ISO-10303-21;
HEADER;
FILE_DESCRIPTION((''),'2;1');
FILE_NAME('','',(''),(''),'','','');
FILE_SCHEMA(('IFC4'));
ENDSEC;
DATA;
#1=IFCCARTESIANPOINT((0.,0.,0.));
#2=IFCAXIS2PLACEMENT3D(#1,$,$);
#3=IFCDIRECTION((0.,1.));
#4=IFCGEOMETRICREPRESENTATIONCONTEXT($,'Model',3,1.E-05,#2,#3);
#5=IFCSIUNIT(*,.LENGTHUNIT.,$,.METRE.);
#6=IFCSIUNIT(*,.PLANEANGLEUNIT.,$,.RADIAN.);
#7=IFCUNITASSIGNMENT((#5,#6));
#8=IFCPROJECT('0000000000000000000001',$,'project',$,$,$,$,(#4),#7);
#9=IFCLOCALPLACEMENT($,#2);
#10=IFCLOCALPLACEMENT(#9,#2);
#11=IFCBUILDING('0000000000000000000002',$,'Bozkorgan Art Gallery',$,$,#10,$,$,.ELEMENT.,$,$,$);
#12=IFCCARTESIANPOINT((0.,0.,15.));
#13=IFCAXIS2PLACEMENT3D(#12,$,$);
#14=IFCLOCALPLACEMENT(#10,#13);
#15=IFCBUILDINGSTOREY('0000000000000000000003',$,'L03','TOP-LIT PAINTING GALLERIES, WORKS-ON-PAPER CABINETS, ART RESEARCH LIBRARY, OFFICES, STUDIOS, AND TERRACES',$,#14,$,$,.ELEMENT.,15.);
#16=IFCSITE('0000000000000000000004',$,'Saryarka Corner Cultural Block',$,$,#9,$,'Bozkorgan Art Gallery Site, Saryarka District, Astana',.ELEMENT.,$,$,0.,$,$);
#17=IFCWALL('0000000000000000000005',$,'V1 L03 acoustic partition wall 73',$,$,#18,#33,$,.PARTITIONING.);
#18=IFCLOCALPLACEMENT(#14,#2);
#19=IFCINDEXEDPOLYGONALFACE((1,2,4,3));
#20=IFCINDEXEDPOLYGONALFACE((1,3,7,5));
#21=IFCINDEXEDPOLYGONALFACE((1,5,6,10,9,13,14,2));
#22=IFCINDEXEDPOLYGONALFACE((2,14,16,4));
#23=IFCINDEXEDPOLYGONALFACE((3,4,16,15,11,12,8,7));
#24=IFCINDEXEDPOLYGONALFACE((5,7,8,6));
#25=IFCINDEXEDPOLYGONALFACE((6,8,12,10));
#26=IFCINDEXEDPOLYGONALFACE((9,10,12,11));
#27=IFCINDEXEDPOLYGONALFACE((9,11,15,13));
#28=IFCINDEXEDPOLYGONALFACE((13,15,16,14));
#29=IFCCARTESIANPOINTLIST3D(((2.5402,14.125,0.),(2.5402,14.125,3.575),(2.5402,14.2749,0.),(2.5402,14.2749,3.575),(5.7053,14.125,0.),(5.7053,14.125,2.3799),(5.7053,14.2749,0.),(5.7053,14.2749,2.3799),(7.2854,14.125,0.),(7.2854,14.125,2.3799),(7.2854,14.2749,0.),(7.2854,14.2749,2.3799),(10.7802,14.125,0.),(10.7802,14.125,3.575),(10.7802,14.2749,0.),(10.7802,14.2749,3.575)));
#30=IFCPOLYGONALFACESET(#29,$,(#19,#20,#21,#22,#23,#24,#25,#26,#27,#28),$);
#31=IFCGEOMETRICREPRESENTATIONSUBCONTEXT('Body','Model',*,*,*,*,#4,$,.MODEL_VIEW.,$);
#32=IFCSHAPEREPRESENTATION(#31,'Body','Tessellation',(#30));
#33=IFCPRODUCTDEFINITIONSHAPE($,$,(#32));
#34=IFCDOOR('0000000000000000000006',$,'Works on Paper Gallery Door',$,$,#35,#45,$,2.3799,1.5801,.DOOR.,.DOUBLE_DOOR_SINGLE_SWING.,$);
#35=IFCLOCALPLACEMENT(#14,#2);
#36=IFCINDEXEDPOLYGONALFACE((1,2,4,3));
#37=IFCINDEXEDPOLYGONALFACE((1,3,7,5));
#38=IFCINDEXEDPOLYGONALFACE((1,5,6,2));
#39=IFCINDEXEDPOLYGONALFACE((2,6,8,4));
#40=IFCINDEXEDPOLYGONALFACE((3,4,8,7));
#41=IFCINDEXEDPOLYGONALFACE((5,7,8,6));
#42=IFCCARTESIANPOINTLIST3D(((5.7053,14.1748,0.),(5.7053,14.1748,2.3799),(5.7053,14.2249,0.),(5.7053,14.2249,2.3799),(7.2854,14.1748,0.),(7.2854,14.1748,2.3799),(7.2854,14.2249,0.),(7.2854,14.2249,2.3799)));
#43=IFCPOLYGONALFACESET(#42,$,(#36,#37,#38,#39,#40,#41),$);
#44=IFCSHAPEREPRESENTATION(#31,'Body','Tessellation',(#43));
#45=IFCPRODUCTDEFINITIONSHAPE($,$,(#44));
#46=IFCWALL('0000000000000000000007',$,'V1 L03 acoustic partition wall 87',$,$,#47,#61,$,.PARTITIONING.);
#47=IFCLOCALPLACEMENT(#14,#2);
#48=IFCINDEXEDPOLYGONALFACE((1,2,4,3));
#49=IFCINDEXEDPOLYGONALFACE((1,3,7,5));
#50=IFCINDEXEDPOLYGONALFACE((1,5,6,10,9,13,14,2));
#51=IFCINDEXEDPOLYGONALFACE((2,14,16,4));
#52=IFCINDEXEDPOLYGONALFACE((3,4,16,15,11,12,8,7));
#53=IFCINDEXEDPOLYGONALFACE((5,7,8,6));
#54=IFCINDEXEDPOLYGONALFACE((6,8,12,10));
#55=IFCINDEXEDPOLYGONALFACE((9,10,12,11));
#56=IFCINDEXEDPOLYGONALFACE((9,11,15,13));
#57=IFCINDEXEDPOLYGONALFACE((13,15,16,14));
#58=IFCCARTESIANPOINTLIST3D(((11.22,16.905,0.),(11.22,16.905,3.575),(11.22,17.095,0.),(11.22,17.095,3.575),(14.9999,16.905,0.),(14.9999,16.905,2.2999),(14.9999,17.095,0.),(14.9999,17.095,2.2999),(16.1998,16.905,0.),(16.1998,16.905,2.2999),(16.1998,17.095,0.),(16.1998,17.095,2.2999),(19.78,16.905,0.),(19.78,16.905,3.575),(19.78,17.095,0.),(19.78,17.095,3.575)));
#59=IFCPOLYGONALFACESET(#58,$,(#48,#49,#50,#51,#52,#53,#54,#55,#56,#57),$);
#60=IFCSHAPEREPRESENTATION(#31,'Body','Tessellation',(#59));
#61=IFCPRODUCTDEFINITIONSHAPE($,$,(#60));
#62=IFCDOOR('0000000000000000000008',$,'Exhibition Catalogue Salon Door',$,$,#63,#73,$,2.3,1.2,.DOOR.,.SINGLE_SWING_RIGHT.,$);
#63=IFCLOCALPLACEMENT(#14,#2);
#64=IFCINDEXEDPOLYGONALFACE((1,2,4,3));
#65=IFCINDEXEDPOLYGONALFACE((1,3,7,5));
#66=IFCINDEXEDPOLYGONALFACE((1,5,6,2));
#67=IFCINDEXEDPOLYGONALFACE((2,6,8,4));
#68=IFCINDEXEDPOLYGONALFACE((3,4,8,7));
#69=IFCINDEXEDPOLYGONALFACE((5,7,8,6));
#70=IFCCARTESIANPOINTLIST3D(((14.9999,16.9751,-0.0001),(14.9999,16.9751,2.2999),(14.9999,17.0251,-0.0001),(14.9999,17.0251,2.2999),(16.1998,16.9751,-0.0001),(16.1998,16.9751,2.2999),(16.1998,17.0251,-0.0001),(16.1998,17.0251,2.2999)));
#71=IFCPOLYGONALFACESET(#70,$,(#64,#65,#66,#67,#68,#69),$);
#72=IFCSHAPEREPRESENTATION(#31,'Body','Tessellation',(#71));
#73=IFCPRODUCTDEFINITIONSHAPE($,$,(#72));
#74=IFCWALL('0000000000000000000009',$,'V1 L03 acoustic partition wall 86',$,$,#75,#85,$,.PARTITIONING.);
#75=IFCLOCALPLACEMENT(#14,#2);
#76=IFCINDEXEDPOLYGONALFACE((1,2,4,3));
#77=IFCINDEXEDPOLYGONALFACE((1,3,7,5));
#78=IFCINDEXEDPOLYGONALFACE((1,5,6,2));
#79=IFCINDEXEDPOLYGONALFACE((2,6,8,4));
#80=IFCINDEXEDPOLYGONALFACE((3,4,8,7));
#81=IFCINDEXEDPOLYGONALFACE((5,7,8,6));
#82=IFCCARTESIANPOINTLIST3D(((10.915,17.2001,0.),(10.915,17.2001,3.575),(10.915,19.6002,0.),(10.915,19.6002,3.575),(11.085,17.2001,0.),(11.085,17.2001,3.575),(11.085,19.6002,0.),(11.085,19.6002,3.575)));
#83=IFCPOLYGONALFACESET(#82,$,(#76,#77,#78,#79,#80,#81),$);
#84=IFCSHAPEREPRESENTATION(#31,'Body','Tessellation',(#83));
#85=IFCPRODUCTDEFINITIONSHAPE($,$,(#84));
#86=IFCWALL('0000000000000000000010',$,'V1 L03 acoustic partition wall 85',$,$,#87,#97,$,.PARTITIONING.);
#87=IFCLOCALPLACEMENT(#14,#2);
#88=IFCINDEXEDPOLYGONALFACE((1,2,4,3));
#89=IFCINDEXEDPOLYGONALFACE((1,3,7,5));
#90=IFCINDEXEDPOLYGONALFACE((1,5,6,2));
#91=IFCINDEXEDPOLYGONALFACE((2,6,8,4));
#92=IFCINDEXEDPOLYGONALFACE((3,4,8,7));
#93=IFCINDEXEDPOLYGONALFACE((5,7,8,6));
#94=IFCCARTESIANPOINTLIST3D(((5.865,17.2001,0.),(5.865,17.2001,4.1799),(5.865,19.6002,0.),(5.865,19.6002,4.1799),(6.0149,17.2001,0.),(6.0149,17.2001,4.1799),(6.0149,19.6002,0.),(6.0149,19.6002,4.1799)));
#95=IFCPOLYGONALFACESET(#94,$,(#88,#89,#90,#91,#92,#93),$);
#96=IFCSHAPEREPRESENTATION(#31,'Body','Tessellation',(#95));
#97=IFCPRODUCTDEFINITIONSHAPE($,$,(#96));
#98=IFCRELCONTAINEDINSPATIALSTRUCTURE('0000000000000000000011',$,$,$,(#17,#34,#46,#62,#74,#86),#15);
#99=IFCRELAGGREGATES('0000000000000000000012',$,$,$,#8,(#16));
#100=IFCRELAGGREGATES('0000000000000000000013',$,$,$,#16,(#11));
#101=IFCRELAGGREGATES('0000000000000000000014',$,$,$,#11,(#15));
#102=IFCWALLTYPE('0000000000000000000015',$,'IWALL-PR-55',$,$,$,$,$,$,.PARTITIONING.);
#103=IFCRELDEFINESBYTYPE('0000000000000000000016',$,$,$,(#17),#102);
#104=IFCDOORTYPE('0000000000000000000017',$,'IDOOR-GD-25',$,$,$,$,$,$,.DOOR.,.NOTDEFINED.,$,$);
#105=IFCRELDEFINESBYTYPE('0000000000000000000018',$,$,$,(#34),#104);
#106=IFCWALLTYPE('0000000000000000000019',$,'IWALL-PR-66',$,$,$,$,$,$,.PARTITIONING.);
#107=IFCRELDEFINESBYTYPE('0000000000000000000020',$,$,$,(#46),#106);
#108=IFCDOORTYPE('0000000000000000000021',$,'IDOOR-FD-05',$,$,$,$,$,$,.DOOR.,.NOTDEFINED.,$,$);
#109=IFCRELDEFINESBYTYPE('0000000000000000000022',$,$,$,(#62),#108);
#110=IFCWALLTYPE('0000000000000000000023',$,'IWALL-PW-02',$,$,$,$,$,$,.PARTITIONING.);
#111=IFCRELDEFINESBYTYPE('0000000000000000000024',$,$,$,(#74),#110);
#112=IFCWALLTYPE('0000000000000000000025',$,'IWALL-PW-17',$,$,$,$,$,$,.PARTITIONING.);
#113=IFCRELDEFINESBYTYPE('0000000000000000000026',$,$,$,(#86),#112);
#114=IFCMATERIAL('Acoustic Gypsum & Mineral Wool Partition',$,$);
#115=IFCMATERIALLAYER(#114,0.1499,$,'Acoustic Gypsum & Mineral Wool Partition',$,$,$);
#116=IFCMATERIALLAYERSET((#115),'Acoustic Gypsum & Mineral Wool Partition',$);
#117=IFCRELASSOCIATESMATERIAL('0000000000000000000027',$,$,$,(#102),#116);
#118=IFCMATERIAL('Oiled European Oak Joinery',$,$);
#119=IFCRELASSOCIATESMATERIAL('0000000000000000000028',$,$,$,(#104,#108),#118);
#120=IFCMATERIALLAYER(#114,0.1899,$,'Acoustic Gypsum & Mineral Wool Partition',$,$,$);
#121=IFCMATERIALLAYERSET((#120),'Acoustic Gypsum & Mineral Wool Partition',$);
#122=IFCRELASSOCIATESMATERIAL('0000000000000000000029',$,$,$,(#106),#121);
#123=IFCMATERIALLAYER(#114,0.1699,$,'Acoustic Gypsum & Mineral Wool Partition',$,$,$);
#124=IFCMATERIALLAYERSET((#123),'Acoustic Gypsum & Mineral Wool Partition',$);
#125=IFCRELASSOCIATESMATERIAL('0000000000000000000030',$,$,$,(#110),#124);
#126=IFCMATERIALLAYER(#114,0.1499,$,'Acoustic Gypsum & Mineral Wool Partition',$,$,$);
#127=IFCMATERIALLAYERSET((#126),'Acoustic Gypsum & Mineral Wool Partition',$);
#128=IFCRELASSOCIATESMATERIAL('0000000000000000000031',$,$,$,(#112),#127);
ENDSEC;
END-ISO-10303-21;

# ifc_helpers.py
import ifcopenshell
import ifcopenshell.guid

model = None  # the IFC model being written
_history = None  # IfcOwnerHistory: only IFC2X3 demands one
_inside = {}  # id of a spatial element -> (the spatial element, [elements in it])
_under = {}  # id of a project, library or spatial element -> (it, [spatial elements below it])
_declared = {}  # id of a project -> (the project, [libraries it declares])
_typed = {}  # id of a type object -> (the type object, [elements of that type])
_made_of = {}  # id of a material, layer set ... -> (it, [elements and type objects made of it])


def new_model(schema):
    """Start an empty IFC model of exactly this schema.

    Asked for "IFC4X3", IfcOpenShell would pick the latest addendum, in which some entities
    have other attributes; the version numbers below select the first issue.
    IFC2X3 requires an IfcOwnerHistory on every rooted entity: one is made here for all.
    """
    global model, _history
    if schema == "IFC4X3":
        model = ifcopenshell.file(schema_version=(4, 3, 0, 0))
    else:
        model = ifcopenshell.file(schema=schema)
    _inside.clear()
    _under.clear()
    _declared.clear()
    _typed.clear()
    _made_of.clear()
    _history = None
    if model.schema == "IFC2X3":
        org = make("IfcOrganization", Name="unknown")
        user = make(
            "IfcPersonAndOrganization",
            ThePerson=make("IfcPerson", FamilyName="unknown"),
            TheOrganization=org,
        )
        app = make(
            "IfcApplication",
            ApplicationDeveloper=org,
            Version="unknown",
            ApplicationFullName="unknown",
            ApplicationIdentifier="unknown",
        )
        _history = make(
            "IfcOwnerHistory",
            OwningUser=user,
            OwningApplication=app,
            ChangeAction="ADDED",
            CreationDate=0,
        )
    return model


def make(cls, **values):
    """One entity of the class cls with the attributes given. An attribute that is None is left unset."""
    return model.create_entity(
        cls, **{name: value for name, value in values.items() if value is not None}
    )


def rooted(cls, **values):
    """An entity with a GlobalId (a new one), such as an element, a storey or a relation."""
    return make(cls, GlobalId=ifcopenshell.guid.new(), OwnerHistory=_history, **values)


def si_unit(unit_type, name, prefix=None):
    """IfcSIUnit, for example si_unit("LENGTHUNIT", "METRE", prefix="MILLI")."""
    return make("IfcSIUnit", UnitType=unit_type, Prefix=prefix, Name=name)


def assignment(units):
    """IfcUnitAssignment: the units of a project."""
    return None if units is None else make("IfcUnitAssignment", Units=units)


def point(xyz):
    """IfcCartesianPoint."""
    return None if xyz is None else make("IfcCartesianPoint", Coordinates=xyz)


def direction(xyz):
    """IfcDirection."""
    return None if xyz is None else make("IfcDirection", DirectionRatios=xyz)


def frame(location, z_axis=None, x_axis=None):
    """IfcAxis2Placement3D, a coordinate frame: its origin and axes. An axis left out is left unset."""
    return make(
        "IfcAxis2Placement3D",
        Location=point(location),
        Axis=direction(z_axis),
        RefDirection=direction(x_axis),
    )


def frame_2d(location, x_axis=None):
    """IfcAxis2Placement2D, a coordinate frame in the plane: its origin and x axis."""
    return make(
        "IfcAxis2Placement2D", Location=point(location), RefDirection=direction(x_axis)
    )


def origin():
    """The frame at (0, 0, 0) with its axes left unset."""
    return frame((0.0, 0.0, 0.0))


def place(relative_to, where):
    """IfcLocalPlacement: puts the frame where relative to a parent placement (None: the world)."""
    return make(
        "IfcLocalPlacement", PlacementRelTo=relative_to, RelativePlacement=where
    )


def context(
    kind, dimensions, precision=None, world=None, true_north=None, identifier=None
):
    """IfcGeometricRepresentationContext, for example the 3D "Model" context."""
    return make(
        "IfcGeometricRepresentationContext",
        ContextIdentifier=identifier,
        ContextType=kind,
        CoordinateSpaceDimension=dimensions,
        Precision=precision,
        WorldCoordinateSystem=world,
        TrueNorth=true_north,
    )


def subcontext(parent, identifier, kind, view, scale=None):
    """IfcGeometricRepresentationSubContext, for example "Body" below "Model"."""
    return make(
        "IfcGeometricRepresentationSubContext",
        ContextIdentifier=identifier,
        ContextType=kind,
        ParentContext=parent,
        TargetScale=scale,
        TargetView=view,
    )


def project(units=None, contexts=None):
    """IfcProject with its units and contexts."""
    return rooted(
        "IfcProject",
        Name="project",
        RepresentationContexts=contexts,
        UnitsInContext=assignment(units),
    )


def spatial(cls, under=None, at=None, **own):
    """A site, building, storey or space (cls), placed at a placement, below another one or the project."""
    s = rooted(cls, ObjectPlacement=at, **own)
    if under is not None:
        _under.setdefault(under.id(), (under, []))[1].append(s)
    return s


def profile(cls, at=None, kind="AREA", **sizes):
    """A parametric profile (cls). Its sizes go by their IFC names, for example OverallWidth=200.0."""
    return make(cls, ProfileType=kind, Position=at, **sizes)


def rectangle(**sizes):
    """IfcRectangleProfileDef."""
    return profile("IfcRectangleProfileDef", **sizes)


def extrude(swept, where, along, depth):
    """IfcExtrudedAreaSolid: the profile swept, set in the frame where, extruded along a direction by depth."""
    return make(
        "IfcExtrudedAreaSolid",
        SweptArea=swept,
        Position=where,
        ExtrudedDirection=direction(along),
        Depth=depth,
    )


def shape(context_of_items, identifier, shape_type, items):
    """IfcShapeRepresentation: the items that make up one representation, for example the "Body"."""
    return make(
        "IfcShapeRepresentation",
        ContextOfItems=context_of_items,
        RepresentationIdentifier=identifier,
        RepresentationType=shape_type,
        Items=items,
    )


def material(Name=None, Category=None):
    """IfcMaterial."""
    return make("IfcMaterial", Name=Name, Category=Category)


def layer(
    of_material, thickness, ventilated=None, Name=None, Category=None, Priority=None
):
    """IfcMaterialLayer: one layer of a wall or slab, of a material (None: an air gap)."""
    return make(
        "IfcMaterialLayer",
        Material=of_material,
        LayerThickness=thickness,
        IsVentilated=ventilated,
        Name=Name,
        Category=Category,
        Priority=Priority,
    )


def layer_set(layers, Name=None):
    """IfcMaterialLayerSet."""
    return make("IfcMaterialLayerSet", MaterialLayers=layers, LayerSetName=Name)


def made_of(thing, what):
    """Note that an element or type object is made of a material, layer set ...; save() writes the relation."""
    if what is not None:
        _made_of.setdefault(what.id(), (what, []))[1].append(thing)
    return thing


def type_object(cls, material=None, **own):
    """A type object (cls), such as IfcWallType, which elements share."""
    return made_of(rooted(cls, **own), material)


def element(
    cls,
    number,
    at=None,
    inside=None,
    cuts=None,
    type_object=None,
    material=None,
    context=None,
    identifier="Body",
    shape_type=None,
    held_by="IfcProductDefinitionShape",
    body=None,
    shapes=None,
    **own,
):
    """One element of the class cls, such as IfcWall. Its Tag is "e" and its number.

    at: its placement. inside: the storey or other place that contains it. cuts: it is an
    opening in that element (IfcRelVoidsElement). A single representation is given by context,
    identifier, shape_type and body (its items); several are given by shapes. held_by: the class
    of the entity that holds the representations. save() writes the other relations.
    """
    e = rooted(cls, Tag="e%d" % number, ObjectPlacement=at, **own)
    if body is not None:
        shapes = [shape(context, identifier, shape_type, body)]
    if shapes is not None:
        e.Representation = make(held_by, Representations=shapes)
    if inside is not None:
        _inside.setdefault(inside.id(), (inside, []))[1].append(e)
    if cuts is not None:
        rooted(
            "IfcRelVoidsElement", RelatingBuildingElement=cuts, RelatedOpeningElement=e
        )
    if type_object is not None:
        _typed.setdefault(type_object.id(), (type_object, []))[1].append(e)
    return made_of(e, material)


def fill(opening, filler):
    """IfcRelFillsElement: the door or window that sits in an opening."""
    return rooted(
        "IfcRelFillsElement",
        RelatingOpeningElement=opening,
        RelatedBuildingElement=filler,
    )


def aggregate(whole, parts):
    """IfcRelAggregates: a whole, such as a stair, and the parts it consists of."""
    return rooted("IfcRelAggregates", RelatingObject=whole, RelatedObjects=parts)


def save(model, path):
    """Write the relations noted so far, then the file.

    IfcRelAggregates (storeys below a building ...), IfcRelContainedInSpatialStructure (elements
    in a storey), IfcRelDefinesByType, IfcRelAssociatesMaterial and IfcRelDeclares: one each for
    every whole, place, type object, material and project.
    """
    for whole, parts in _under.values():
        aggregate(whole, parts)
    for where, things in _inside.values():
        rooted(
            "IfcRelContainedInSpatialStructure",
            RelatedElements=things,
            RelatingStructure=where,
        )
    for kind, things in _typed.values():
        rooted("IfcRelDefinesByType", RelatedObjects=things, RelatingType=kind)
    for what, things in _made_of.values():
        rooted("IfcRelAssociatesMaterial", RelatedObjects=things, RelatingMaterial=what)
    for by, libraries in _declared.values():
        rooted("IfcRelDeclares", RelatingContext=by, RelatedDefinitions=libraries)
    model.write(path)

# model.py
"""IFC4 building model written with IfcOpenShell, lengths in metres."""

from ifc_helpers import new_model, si_unit, direction, frame, frame_2d, origin, place, context, subcontext, project, spatial, rectangle, extrude, material, layer, layer_set, type_object, element, fill, save


model = new_model("IFC4")

# Units and contexts
model_context = context("Model", 3, precision=1e-05, world=origin(), true_north=direction((0.0, 1.0)))
body_context = subcontext(model_context, "Body", "Model", "MODEL_VIEW")
ifc_project = project(units=[si_unit("LENGTHUNIT", "METRE"), si_unit("PLANEANGLEUNIT", "RADIAN")], contexts=[model_context])

# Site, building, storey
site_placement = place(None, origin())
site = spatial("IfcSite", under=ifc_project, at=site_placement, Name="Saryarka Corner Cultural Block", LongName="Bozkorgan Art Gallery Site, Saryarka District, Astana", CompositionType="ELEMENT", RefElevation=0.0)
building_placement = place(site_placement, origin())
building = spatial("IfcBuilding", under=site, at=building_placement, Name="Bozkorgan Art Gallery", CompositionType="ELEMENT")
storey_placement = place(building_placement, frame((0.0, 0.0, 15.0)))
storey = spatial("IfcBuildingStorey", under=building, at=storey_placement, Name="L03", Description="TOP-LIT PAINTING GALLERIES, WORKS-ON-PAPER CABINETS, ART RESEARCH LIBRARY, OFFICES, STUDIOS, AND TERRACES", CompositionType="ELEMENT", Elevation=15.0)

# Walls, openings, doors
ifc_material_1 = material(Name="Acoustic Gypsum & Mineral Wool Partition")
ifc_material_2 = material(Name="Oiled European Oak Joinery")
ifc_layer_1 = layer(ifc_material_1, 0.1499, Name="Acoustic Gypsum & Mineral Wool Partition")
ifc_layer_set_1 = layer_set([ifc_layer_1], Name="Acoustic Gypsum & Mineral Wool Partition")
wall_type_1 = type_object("IfcWallType", Name="IWALL-PR-55", PredefinedType="PARTITIONING", material=ifc_layer_set_1)
wall_1_placement = place(storey_placement, frame((2.54, 14.2, 0.0), z_axis=(0.0, 0.0, 1.0), x_axis=(1.0, 0.0, 0.0)))
wall_1 = element("IfcWall", 1, at=wall_1_placement, inside=storey, type_object=wall_type_1, Name="V1 L03 acoustic partition wall 73", PredefinedType="PARTITIONING", context=body_context, shape_type="SweptSolid", body=[
    extrude(rectangle(XDim=8.24, YDim=0.1499, at=frame_2d((4.1201, 0.0))), origin(), (0.0, 0.0, 1.0), 3.575),
])
opening_1_placement = place(wall_1_placement, frame((3.1653, 0.0, 0.0)))
opening_1 = element("IfcOpeningElement", 2, at=opening_1_placement, cuts=wall_1, PredefinedType="OPENING", context=body_context, shape_type="SweptSolid", body=[
    extrude(rectangle(XDim=1.5801, YDim=2.3799, at=frame_2d((0.79, 1.1899))), frame((0.0, 0.085, 0.0), z_axis=(0.0, -1.0, 0.0), x_axis=(1.0, 0.0, 0.0)), (0.0, 0.0, 1.0), 0.1699),
])
door_type_1 = type_object("IfcDoorType", Name="IDOOR-GD-25", OperationType="NOTDEFINED", PredefinedType="DOOR", material=ifc_material_2)
door_1_placement = place(opening_1_placement, origin())
door_1 = element("IfcDoor", 3, at=door_1_placement, inside=storey, type_object=door_type_1, Name="Works on Paper Gallery Door", OperationType="DOUBLE_DOOR_SINGLE_SWING", OverallHeight=2.3799, OverallWidth=1.5801, PredefinedType="DOOR", context=body_context, shape_type="SweptSolid", body=[
    extrude(rectangle(XDim=1.5801, YDim=2.3799, at=frame_2d((0.79, 1.1899))), frame((0.0, 0.0249, 0.0), z_axis=(0.0, -1.0, 0.0), x_axis=(1.0, 0.0, 0.0)), (0.0, 0.0, 1.0), 0.05),
])
fill(opening_1, door_1)
ifc_layer_2 = layer(ifc_material_1, 0.1899, Name="Acoustic Gypsum & Mineral Wool Partition")
ifc_layer_set_2 = layer_set([ifc_layer_2], Name="Acoustic Gypsum & Mineral Wool Partition")
wall_type_2 = type_object("IfcWallType", Name="IWALL-PR-66", PredefinedType="PARTITIONING", material=ifc_layer_set_2)
wall_2_placement = place(storey_placement, frame((11.22, 17.0, 0.0), z_axis=(0.0, 0.0, 1.0), x_axis=(1.0, 0.0, 0.0)))
wall_2 = element("IfcWall", 4, at=wall_2_placement, inside=storey, type_object=wall_type_2, Name="V1 L03 acoustic partition wall 87", PredefinedType="PARTITIONING", context=body_context, shape_type="SweptSolid", body=[
    extrude(rectangle(XDim=8.5601, YDim=0.1899, at=frame_2d((4.28, 0.0))), origin(), (0.0, 0.0, 1.0), 3.575),
])
opening_2_placement = place(wall_2_placement, frame((4.98, 0.0, 0.0), z_axis=(0.0, 0.0, 1.0), x_axis=(-1.0, 0.0, 0.0)))
opening_2 = element("IfcOpeningElement", 5, at=opening_2_placement, cuts=wall_2, PredefinedType="OPENING", context=body_context, shape_type="SweptSolid", body=[
    extrude(rectangle(XDim=1.2, YDim=2.3, at=frame_2d((0.6001, 1.1499))), frame((0.0, 0.105, 0.0), z_axis=(0.0, -1.0, 0.0), x_axis=(1.0, 0.0, 0.0)), (0.0, 0.0, 1.0), 0.21),
])
door_type_2 = type_object("IfcDoorType", Name="IDOOR-FD-05", OperationType="NOTDEFINED", PredefinedType="DOOR", material=ifc_material_2)
door_2_placement = place(opening_2_placement, origin())
door_2 = element("IfcDoor", 6, at=door_2_placement, inside=storey, type_object=door_type_2, Name="Exhibition Catalogue Salon Door", OperationType="SINGLE_SWING_RIGHT", OverallHeight=2.3, OverallWidth=1.2, PredefinedType="DOOR", context=body_context, shape_type="SweptSolid", body=[
    extrude(rectangle(XDim=1.2, YDim=2.3, at=frame_2d((0.6001, 1.1499))), frame((0.0, 0.0249, 0.0), z_axis=(0.0, -1.0, 0.0), x_axis=(1.0, 0.0, 0.0)), (0.0, 0.0, 1.0), 0.05),
])
fill(opening_2, door_2)

# Walls
ifc_layer_3 = layer(ifc_material_1, 0.1699, Name="Acoustic Gypsum & Mineral Wool Partition")
ifc_layer_set_3 = layer_set([ifc_layer_3], Name="Acoustic Gypsum & Mineral Wool Partition")
wall_type_3 = type_object("IfcWallType", Name="IWALL-PW-02", PredefinedType="PARTITIONING", material=ifc_layer_set_3)
wall_3_placement = place(storey_placement, frame((11.0, 17.2, 0.0), z_axis=(0.0, 0.0, 1.0), x_axis=(0.0, 1.0, 0.0)))
element("IfcWall", 7, at=wall_3_placement, inside=storey, type_object=wall_type_3, Name="V1 L03 acoustic partition wall 86", PredefinedType="PARTITIONING", context=body_context, shape_type="SweptSolid", body=[
    extrude(rectangle(XDim=2.4001, YDim=0.1699, at=frame_2d((1.2002, 0.0))), origin(), (0.0, 0.0, 1.0), 3.575),
])
ifc_layer_4 = layer(ifc_material_1, 0.1499, Name="Acoustic Gypsum & Mineral Wool Partition")
ifc_layer_set_4 = layer_set([ifc_layer_4], Name="Acoustic Gypsum & Mineral Wool Partition")
wall_type_4 = type_object("IfcWallType", Name="IWALL-PW-17", PredefinedType="PARTITIONING", material=ifc_layer_set_4)
wall_4_placement = place(storey_placement, frame((5.9399, 17.2, 0.0), z_axis=(0.0, 0.0, 1.0), x_axis=(0.0, 1.0, 0.0)))
element("IfcWall", 8, at=wall_4_placement, inside=storey, type_object=wall_type_4, Name="V1 L03 acoustic partition wall 85", PredefinedType="PARTITIONING", context=body_context, shape_type="SweptSolid", body=[
    extrude(rectangle(XDim=2.4001, YDim=0.1499, at=frame_2d((1.2002, 0.0))), origin(), (0.0, 0.0, 1.0), 4.1799),
])

save(model, "model.ifc")
